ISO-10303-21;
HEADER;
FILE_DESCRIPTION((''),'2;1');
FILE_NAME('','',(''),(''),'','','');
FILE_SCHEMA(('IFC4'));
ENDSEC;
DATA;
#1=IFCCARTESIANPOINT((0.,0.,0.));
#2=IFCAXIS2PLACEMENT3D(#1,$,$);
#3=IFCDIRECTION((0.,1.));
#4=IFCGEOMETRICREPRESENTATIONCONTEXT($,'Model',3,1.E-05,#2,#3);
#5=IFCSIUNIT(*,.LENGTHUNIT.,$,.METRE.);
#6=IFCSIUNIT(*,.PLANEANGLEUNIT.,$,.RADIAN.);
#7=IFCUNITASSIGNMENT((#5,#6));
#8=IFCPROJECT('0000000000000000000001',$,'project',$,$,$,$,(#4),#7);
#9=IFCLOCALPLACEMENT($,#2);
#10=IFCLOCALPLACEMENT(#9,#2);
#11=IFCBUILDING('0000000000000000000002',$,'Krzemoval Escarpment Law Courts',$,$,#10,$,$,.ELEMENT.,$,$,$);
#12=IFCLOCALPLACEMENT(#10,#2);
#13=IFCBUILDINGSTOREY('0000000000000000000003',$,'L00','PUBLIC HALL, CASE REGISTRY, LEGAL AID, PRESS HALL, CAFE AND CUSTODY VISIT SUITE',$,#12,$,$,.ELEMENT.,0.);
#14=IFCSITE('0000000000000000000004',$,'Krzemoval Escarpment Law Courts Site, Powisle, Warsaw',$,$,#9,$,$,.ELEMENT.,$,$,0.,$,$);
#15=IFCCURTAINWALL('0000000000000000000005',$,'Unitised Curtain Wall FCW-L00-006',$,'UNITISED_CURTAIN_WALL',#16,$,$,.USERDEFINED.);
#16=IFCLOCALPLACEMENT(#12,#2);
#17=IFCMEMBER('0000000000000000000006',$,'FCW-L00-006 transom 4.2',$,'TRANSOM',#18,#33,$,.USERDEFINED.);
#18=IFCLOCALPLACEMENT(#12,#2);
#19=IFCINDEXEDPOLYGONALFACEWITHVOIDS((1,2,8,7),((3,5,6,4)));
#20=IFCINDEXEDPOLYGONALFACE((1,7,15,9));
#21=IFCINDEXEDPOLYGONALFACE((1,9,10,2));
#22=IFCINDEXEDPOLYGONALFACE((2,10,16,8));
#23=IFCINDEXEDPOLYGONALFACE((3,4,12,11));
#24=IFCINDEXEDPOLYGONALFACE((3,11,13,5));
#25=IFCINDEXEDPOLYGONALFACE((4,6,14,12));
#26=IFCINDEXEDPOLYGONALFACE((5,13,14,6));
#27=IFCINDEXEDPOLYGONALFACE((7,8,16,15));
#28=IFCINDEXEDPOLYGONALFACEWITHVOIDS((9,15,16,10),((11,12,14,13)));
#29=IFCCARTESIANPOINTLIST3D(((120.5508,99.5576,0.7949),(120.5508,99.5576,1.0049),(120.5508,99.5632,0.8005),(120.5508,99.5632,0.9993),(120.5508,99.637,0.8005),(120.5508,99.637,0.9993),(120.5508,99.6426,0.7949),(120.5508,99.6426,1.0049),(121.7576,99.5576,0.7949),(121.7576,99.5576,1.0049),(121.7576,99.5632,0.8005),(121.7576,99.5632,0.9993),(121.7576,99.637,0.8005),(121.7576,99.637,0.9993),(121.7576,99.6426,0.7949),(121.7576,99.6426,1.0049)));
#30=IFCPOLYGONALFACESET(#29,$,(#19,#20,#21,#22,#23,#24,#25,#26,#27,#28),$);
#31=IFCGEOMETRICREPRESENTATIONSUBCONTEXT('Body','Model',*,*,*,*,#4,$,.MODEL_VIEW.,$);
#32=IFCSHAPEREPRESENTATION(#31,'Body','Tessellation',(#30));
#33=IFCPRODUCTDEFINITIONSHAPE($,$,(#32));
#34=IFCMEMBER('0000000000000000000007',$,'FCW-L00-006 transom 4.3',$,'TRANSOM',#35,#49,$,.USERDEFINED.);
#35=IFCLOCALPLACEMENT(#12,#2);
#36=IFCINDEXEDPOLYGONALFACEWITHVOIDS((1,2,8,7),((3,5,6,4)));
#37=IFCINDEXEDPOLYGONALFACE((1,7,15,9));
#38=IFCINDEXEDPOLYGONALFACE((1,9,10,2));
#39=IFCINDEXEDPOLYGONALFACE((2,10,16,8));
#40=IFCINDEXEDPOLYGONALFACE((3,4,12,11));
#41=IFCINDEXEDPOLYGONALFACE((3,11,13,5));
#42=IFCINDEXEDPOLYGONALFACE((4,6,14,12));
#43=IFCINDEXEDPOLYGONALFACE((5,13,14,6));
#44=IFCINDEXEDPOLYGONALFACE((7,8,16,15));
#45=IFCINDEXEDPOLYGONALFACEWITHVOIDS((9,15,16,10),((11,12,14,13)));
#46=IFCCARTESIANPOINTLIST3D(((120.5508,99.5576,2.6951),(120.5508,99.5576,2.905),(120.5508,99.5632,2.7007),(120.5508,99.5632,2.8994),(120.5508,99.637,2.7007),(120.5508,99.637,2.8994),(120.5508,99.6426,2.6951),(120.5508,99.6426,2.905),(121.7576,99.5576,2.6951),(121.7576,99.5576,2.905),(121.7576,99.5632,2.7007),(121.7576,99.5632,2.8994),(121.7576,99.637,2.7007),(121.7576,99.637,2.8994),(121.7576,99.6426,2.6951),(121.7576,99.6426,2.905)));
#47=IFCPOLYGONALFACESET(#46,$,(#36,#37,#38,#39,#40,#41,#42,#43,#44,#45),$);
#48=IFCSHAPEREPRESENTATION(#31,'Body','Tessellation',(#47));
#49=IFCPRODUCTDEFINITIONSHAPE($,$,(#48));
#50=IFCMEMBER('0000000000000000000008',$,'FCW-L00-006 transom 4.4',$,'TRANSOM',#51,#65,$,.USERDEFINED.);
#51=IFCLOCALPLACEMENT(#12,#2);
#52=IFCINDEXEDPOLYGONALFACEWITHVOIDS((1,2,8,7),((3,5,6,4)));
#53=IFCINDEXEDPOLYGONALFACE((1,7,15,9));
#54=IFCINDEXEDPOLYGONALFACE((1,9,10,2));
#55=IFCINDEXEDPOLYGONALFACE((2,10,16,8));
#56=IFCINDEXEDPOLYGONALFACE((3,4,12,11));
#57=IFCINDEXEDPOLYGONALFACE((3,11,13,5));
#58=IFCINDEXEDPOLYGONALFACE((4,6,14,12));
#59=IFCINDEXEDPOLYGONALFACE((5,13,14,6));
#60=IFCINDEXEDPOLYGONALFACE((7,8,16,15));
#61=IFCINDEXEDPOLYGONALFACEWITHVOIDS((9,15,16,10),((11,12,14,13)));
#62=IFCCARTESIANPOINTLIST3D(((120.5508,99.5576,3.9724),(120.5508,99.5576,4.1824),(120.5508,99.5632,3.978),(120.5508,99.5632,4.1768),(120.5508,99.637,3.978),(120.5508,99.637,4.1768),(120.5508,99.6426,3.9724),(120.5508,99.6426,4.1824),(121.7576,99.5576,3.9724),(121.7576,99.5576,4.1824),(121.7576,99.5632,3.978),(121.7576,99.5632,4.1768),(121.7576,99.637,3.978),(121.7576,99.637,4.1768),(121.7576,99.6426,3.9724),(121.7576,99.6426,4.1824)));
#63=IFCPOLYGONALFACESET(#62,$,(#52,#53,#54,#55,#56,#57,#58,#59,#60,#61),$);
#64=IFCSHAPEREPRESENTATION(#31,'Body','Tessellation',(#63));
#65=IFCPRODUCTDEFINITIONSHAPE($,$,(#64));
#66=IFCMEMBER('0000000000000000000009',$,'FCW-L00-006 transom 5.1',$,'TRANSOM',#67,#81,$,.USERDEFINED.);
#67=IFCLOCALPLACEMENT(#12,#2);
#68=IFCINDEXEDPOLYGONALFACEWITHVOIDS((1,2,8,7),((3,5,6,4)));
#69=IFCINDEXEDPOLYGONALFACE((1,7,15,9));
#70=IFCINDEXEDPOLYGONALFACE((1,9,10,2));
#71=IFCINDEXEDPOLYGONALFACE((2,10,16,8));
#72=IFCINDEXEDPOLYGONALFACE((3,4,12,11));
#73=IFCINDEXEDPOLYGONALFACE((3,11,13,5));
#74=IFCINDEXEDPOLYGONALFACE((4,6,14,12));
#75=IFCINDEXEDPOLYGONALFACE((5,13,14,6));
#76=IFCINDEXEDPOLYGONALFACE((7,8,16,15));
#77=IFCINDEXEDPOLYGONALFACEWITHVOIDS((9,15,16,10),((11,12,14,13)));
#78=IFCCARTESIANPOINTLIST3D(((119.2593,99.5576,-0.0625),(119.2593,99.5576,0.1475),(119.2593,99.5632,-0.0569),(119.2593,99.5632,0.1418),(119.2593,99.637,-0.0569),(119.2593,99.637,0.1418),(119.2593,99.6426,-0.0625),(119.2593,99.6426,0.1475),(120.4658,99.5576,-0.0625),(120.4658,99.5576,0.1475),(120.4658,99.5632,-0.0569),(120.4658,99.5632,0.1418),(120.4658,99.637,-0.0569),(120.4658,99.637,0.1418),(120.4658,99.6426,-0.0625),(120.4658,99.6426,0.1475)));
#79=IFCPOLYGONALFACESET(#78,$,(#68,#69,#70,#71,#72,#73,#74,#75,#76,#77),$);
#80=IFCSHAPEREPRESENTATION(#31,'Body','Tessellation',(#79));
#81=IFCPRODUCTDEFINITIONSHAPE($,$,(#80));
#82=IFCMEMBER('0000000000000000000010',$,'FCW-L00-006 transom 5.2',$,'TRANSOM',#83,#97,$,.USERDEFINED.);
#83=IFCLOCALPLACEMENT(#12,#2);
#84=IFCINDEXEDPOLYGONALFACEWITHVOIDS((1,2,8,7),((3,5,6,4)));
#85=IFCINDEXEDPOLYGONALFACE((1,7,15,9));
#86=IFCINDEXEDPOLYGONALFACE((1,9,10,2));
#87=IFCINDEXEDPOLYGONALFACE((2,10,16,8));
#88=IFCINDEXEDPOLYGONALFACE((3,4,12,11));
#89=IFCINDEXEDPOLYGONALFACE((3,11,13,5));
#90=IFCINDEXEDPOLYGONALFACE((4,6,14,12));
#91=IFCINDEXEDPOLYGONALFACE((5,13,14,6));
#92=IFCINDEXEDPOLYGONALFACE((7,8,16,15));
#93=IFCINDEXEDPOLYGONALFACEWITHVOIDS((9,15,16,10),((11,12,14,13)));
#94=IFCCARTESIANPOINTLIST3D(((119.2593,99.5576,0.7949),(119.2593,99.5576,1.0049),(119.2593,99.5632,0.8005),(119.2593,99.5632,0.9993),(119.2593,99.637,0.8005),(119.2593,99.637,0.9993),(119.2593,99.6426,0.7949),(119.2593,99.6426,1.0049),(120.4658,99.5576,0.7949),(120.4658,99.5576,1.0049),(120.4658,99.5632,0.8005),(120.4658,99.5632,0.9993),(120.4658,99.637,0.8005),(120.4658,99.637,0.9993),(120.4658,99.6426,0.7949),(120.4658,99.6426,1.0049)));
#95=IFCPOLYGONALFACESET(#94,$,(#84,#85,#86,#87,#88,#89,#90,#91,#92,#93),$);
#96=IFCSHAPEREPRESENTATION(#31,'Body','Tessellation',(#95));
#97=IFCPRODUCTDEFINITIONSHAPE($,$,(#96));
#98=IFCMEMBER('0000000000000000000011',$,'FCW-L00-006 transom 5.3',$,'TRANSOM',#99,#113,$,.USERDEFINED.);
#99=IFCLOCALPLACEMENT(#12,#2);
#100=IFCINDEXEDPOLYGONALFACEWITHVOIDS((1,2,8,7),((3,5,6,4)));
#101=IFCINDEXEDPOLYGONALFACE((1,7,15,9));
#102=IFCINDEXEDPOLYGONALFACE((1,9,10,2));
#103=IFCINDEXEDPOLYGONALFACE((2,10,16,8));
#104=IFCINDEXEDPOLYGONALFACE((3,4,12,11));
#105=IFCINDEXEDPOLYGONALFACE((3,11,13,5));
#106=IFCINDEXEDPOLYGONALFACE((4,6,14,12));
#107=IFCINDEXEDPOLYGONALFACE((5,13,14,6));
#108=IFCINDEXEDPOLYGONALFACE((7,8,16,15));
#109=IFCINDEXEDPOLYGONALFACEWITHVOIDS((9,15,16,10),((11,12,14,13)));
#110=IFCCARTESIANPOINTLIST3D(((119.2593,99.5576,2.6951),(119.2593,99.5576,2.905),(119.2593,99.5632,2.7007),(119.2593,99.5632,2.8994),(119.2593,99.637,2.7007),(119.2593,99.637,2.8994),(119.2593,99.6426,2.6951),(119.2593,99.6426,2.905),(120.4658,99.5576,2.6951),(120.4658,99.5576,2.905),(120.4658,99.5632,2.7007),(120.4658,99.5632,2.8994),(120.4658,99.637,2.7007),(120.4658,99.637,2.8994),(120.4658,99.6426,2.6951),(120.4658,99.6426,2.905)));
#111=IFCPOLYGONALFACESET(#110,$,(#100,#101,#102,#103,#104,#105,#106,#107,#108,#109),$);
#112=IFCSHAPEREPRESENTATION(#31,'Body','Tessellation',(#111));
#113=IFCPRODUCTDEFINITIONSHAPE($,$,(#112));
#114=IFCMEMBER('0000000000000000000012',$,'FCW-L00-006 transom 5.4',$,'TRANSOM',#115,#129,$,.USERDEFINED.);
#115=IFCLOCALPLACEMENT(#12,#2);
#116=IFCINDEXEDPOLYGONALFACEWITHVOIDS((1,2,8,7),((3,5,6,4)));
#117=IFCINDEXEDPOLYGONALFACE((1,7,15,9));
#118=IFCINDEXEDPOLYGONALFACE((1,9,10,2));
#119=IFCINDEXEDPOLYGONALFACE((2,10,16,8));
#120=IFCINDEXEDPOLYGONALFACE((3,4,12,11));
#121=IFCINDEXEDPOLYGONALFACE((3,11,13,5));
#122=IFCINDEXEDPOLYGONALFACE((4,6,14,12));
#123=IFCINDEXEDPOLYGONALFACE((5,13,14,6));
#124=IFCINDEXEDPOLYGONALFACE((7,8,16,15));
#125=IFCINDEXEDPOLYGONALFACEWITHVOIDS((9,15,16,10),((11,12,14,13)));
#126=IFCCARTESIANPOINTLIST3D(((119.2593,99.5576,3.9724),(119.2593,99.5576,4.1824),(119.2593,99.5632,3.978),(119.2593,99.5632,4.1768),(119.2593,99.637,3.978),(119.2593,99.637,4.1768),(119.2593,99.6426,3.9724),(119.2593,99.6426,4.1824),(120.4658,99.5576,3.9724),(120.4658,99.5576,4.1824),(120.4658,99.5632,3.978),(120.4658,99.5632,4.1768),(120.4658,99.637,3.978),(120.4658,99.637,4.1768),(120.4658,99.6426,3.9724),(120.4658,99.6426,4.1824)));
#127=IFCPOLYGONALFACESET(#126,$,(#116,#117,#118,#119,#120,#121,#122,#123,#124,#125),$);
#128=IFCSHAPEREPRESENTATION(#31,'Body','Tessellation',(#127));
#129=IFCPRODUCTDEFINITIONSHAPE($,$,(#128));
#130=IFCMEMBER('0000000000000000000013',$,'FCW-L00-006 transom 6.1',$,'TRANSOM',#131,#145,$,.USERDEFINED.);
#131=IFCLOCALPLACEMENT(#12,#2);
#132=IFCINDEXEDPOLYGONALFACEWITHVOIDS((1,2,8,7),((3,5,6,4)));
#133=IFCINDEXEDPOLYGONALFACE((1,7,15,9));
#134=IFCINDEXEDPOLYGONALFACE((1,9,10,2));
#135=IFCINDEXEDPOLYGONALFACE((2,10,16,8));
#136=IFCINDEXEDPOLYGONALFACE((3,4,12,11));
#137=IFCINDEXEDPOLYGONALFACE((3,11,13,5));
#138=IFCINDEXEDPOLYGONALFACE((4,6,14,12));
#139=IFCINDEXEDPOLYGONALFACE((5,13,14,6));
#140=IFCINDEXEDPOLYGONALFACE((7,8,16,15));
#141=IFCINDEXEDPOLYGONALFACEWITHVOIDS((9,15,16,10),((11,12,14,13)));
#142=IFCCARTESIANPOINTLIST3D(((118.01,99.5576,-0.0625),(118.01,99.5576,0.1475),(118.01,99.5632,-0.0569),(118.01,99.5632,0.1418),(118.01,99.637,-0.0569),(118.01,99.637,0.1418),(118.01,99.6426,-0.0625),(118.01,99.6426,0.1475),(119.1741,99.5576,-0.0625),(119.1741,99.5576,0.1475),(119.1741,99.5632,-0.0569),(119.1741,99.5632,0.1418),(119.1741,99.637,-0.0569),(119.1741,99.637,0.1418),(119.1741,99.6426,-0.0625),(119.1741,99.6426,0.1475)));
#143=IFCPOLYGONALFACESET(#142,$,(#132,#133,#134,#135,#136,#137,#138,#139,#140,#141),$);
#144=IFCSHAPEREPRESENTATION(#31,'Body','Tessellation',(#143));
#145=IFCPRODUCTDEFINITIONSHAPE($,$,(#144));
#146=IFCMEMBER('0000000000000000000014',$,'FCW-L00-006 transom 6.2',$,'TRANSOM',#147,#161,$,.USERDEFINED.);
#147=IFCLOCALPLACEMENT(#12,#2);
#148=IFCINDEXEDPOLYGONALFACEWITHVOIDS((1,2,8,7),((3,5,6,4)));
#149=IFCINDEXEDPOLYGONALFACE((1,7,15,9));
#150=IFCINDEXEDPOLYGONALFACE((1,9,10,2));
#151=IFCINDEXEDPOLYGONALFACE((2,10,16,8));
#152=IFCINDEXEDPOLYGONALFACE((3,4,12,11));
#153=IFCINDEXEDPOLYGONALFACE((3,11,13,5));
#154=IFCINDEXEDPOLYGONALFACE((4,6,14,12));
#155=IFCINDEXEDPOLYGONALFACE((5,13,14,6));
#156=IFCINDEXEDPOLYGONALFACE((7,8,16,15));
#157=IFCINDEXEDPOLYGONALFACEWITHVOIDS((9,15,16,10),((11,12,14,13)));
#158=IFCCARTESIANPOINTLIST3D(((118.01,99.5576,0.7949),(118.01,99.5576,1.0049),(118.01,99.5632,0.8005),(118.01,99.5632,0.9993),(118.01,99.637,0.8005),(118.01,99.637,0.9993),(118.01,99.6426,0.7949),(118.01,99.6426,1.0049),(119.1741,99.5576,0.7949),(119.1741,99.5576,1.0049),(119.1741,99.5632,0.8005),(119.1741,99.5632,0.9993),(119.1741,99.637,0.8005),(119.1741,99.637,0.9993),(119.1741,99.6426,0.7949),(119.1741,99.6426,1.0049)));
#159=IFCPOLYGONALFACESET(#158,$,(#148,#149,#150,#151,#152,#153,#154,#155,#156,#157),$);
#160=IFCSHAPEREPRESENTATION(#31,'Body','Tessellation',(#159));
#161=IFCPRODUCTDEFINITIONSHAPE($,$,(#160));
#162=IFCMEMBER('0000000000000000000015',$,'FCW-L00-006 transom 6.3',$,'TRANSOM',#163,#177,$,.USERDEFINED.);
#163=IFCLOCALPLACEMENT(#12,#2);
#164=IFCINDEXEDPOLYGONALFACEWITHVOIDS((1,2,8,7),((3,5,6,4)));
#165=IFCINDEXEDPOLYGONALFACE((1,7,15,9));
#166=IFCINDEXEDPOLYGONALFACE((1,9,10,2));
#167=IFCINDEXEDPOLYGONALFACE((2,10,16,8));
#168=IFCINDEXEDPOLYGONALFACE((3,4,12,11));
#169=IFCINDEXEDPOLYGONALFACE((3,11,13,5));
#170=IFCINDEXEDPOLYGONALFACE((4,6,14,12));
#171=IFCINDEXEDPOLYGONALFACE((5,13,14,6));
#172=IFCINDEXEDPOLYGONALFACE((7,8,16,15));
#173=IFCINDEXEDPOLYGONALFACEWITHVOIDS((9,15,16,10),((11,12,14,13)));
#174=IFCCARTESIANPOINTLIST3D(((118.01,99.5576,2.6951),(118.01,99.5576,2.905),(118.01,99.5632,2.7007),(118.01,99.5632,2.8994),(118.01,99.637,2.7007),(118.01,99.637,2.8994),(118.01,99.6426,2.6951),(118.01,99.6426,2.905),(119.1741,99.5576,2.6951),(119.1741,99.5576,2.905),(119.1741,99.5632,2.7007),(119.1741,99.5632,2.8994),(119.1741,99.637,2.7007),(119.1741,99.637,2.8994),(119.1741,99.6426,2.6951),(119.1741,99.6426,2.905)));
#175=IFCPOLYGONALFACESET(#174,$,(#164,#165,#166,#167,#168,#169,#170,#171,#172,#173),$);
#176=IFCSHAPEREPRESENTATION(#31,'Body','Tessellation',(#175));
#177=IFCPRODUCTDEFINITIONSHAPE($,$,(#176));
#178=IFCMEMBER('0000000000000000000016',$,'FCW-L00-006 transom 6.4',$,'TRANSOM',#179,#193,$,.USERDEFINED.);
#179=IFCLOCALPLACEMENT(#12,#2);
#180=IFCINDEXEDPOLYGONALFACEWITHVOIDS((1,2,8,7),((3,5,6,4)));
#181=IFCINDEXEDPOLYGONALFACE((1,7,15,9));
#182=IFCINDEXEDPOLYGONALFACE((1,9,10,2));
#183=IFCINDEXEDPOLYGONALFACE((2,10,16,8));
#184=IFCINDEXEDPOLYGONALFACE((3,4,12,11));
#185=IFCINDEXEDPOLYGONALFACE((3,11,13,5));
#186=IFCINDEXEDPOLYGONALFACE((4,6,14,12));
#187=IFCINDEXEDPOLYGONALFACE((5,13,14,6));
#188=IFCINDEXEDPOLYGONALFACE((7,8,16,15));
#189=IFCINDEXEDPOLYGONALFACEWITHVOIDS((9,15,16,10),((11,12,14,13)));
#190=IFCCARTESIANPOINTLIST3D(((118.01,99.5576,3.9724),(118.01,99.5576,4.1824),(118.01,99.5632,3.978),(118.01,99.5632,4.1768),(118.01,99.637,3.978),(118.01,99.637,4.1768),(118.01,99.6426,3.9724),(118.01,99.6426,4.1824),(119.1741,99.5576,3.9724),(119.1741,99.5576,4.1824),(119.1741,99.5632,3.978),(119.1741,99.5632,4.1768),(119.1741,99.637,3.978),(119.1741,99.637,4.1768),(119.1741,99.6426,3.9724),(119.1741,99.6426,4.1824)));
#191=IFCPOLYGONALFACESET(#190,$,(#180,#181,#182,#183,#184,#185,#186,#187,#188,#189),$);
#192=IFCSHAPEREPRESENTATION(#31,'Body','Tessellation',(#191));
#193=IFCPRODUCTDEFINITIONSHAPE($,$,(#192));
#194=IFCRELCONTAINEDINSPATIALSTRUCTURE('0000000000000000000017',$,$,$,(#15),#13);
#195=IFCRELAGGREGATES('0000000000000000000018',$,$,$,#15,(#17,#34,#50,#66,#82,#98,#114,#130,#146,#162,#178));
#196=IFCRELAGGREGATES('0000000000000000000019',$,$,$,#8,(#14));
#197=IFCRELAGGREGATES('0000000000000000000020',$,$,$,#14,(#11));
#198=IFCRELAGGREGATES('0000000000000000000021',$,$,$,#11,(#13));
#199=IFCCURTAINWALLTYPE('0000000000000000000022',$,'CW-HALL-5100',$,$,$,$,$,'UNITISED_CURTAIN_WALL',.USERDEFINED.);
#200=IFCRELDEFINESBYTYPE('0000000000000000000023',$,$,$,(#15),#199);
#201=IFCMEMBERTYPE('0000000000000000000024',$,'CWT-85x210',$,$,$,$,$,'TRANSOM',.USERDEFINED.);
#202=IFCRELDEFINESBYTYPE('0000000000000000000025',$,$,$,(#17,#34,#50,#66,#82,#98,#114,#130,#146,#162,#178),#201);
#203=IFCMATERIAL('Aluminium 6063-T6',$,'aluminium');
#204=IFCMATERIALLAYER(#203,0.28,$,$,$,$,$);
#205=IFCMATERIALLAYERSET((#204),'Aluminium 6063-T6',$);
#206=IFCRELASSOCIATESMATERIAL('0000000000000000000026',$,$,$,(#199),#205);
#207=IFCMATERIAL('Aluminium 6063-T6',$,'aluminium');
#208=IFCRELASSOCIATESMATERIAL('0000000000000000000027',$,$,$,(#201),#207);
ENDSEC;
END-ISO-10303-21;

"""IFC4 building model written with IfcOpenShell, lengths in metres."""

from ifc_helpers import new_model, si_unit, direction, frame, origin, origin_2d, place, context, subcontext, project, spatial, hollow_rectangle, extrude, material, layer, layer_set, material_profile, profile_set, type_object, element, aggregate, save


model = new_model("IFC4")

# Units and contexts
model_context = context("Model", 3, precision=1e-05, world=origin(), true_north=direction((0.0, 1.0)))
body_context = subcontext(model_context, "Body", "Model", "MODEL_VIEW")
ifc_project = project(units=[si_unit("LENGTHUNIT", "METRE"), si_unit("PLANEANGLEUNIT", "RADIAN")], contexts=[model_context])

# Site, building, storey
site_placement = place(None, origin())
site = spatial("IfcSite", under=ifc_project, at=site_placement, Name="Krzemoval Escarpment Law Courts Site, Powisle, Warsaw", CompositionType="ELEMENT", RefElevation=0.0)
building_placement = place(site_placement, origin())
building = spatial("IfcBuilding", under=site, at=building_placement, Name="Krzemoval Escarpment Law Courts", CompositionType="ELEMENT")
storey_placement = place(building_placement, origin())
storey = spatial("IfcBuildingStorey", under=building, at=storey_placement, Name="L00", Description="PUBLIC HALL, CASE REGISTRY, LEGAL AID, PRESS HALL, CAFE AND CUSTODY VISIT SUITE", CompositionType="ELEMENT", Elevation=0.0)

# Curtain wall, members
ifc_material_1 = material(Name="Aluminium 6063-T6", Category="aluminium")
ifc_layer_1 = layer(ifc_material_1, 0.28)
ifc_layer_set_1 = layer_set([ifc_layer_1], Name="Aluminium 6063-T6")
curtain_wall_type = type_object("IfcCurtainWallType", Name="CW-HALL-5100", ElementType="UNITISED_CURTAIN_WALL", PredefinedType="USERDEFINED", material=ifc_layer_set_1)
curtain_wall_placement = place(storey_placement, origin())
curtain_wall = element("IfcCurtainWall", 1, at=curtain_wall_placement, inside=storey, type_object=curtain_wall_type, Name="Unitised Curtain Wall FCW-L00-006", ObjectType="UNITISED_CURTAIN_WALL", PredefinedType="USERDEFINED")
ifc_material_2 = material(Name="Aluminium 6063-T6", Category="aluminium")
ifc_material_profile_1 = material_profile(ifc_material_2, hollow_rectangle(XDim=0.085, YDim=0.21, WallThickness=0.0056, at=origin_2d()), Name="ALU T85x210")
ifc_profile_set_1 = profile_set([ifc_material_profile_1], Name="Aluminium 6063-T6")
member_type_1 = type_object("IfcMemberType", Name="CWT-85x210", ElementType="TRANSOM", PredefinedType="USERDEFINED", material=ifc_profile_set_1)
member_1_placement = place(storey_placement, frame((121.7576, 99.6001, 0.8999), z_axis=(-1.0, 0.0, 0.0), x_axis=(0.0, -1.0, 0.0)))
member_1 = element("IfcMember", 2, at=member_1_placement, type_object=member_type_1, Name="FCW-L00-006 transom 4.2", ObjectType="TRANSOM", PredefinedType="USERDEFINED", context=body_context, shape_type="SweptSolid", body=[
    extrude(hollow_rectangle(XDim=0.085, YDim=0.21, WallThickness=0.0056, at=origin_2d()), origin(), (0.0, 0.0, 1.0), 1.2068),
])
member_2_placement = place(storey_placement, frame((121.7576, 99.6001, 2.8), z_axis=(-1.0, 0.0, 0.0), x_axis=(0.0, -1.0, 0.0)))
member_2 = element("IfcMember", 3, at=member_2_placement, type_object=member_type_1, Name="FCW-L00-006 transom 4.3", ObjectType="TRANSOM", PredefinedType="USERDEFINED", context=body_context, shape_type="SweptSolid", body=[
    extrude(hollow_rectangle(XDim=0.085, YDim=0.21, WallThickness=0.0056, at=origin_2d()), origin(), (0.0, 0.0, 1.0), 1.2068),
])
member_3_placement = place(storey_placement, frame((121.7576, 99.6001, 4.0774), z_axis=(-1.0, 0.0, 0.0), x_axis=(0.0, -1.0, 0.0)))
member_3 = element("IfcMember", 4, at=member_3_placement, type_object=member_type_1, Name="FCW-L00-006 transom 4.4", ObjectType="TRANSOM", PredefinedType="USERDEFINED", context=body_context, shape_type="SweptSolid", body=[
    extrude(hollow_rectangle(XDim=0.085, YDim=0.21, WallThickness=0.0056, at=origin_2d()), origin(), (0.0, 0.0, 1.0), 1.2068),
])
member_4_placement = place(storey_placement, frame((120.4658, 99.6001, 0.0425), z_axis=(-1.0, 0.0, 0.0), x_axis=(0.0, -1.0, 0.0)))
member_4 = element("IfcMember", 5, at=member_4_placement, type_object=member_type_1, Name="FCW-L00-006 transom 5.1", ObjectType="TRANSOM", PredefinedType="USERDEFINED", context=body_context, shape_type="SweptSolid", body=[
    extrude(hollow_rectangle(XDim=0.085, YDim=0.21, WallThickness=0.0056, at=origin_2d()), origin(), (0.0, 0.0, 1.0), 1.2065),
])
member_5_placement = place(storey_placement, frame((120.4658, 99.6001, 0.8999), z_axis=(-1.0, 0.0, 0.0), x_axis=(0.0, -1.0, 0.0)))
member_5 = element("IfcMember", 6, at=member_5_placement, type_object=member_type_1, Name="FCW-L00-006 transom 5.2", ObjectType="TRANSOM", PredefinedType="USERDEFINED", context=body_context, shape_type="SweptSolid", body=[
    extrude(hollow_rectangle(XDim=0.085, YDim=0.21, WallThickness=0.0056, at=origin_2d()), origin(), (0.0, 0.0, 1.0), 1.2065),
])
member_6_placement = place(storey_placement, frame((120.4658, 99.6001, 2.8), z_axis=(-1.0, 0.0, 0.0), x_axis=(0.0, -1.0, 0.0)))
member_6 = element("IfcMember", 7, at=member_6_placement, type_object=member_type_1, Name="FCW-L00-006 transom 5.3", ObjectType="TRANSOM", PredefinedType="USERDEFINED", context=body_context, shape_type="SweptSolid", body=[
    extrude(hollow_rectangle(XDim=0.085, YDim=0.21, WallThickness=0.0056, at=origin_2d()), origin(), (0.0, 0.0, 1.0), 1.2065),
])
member_7_placement = place(storey_placement, frame((120.4658, 99.6001, 4.0774), z_axis=(-1.0, 0.0, 0.0), x_axis=(0.0, -1.0, 0.0)))
member_7 = element("IfcMember", 8, at=member_7_placement, type_object=member_type_1, Name="FCW-L00-006 transom 5.4", ObjectType="TRANSOM", PredefinedType="USERDEFINED", context=body_context, shape_type="SweptSolid", body=[
    extrude(hollow_rectangle(XDim=0.085, YDim=0.21, WallThickness=0.0056, at=origin_2d()), origin(), (0.0, 0.0, 1.0), 1.2065),
])
member_8_placement = place(storey_placement, frame((119.1741, 99.6001, 0.0425), z_axis=(-1.0, 0.0, 0.0), x_axis=(0.0, -1.0, 0.0)))
member_8 = element("IfcMember", 9, at=member_8_placement, type_object=member_type_1, Name="FCW-L00-006 transom 6.1", ObjectType="TRANSOM", PredefinedType="USERDEFINED", context=body_context, shape_type="SweptSolid", body=[
    extrude(hollow_rectangle(XDim=0.085, YDim=0.21, WallThickness=0.0056, at=origin_2d()), origin(), (0.0, 0.0, 1.0), 1.1641),
])
member_9_placement = place(storey_placement, frame((119.1741, 99.6001, 0.8999), z_axis=(-1.0, 0.0, 0.0), x_axis=(0.0, -1.0, 0.0)))
member_9 = element("IfcMember", 10, at=member_9_placement, type_object=member_type_1, Name="FCW-L00-006 transom 6.2", ObjectType="TRANSOM", PredefinedType="USERDEFINED", context=body_context, shape_type="SweptSolid", body=[
    extrude(hollow_rectangle(XDim=0.085, YDim=0.21, WallThickness=0.0056, at=origin_2d()), origin(), (0.0, 0.0, 1.0), 1.1641),
])
member_10_placement = place(storey_placement, frame((119.1741, 99.6001, 2.8), z_axis=(-1.0, 0.0, 0.0), x_axis=(0.0, -1.0, 0.0)))
member_10 = element("IfcMember", 11, at=member_10_placement, type_object=member_type_1, Name="FCW-L00-006 transom 6.3", ObjectType="TRANSOM", PredefinedType="USERDEFINED", context=body_context, shape_type="SweptSolid", body=[
    extrude(hollow_rectangle(XDim=0.085, YDim=0.21, WallThickness=0.0056, at=origin_2d()), origin(), (0.0, 0.0, 1.0), 1.1641),
])
member_11_placement = place(storey_placement, frame((119.1741, 99.6001, 4.0774), z_axis=(-1.0, 0.0, 0.0), x_axis=(0.0, -1.0, 0.0)))
member_11 = element("IfcMember", 12, at=member_11_placement, type_object=member_type_1, Name="FCW-L00-006 transom 6.4", ObjectType="TRANSOM", PredefinedType="USERDEFINED", context=body_context, shape_type="SweptSolid", body=[
    extrude(hollow_rectangle(XDim=0.085, YDim=0.21, WallThickness=0.0056, at=origin_2d()), origin(), (0.0, 0.0, 1.0), 1.1641),
])
aggregate(curtain_wall, [member_1, member_2, member_3, member_4, member_5, member_6, member_7, member_8, member_9, member_10, member_11])

save(model, "model.ifc")
